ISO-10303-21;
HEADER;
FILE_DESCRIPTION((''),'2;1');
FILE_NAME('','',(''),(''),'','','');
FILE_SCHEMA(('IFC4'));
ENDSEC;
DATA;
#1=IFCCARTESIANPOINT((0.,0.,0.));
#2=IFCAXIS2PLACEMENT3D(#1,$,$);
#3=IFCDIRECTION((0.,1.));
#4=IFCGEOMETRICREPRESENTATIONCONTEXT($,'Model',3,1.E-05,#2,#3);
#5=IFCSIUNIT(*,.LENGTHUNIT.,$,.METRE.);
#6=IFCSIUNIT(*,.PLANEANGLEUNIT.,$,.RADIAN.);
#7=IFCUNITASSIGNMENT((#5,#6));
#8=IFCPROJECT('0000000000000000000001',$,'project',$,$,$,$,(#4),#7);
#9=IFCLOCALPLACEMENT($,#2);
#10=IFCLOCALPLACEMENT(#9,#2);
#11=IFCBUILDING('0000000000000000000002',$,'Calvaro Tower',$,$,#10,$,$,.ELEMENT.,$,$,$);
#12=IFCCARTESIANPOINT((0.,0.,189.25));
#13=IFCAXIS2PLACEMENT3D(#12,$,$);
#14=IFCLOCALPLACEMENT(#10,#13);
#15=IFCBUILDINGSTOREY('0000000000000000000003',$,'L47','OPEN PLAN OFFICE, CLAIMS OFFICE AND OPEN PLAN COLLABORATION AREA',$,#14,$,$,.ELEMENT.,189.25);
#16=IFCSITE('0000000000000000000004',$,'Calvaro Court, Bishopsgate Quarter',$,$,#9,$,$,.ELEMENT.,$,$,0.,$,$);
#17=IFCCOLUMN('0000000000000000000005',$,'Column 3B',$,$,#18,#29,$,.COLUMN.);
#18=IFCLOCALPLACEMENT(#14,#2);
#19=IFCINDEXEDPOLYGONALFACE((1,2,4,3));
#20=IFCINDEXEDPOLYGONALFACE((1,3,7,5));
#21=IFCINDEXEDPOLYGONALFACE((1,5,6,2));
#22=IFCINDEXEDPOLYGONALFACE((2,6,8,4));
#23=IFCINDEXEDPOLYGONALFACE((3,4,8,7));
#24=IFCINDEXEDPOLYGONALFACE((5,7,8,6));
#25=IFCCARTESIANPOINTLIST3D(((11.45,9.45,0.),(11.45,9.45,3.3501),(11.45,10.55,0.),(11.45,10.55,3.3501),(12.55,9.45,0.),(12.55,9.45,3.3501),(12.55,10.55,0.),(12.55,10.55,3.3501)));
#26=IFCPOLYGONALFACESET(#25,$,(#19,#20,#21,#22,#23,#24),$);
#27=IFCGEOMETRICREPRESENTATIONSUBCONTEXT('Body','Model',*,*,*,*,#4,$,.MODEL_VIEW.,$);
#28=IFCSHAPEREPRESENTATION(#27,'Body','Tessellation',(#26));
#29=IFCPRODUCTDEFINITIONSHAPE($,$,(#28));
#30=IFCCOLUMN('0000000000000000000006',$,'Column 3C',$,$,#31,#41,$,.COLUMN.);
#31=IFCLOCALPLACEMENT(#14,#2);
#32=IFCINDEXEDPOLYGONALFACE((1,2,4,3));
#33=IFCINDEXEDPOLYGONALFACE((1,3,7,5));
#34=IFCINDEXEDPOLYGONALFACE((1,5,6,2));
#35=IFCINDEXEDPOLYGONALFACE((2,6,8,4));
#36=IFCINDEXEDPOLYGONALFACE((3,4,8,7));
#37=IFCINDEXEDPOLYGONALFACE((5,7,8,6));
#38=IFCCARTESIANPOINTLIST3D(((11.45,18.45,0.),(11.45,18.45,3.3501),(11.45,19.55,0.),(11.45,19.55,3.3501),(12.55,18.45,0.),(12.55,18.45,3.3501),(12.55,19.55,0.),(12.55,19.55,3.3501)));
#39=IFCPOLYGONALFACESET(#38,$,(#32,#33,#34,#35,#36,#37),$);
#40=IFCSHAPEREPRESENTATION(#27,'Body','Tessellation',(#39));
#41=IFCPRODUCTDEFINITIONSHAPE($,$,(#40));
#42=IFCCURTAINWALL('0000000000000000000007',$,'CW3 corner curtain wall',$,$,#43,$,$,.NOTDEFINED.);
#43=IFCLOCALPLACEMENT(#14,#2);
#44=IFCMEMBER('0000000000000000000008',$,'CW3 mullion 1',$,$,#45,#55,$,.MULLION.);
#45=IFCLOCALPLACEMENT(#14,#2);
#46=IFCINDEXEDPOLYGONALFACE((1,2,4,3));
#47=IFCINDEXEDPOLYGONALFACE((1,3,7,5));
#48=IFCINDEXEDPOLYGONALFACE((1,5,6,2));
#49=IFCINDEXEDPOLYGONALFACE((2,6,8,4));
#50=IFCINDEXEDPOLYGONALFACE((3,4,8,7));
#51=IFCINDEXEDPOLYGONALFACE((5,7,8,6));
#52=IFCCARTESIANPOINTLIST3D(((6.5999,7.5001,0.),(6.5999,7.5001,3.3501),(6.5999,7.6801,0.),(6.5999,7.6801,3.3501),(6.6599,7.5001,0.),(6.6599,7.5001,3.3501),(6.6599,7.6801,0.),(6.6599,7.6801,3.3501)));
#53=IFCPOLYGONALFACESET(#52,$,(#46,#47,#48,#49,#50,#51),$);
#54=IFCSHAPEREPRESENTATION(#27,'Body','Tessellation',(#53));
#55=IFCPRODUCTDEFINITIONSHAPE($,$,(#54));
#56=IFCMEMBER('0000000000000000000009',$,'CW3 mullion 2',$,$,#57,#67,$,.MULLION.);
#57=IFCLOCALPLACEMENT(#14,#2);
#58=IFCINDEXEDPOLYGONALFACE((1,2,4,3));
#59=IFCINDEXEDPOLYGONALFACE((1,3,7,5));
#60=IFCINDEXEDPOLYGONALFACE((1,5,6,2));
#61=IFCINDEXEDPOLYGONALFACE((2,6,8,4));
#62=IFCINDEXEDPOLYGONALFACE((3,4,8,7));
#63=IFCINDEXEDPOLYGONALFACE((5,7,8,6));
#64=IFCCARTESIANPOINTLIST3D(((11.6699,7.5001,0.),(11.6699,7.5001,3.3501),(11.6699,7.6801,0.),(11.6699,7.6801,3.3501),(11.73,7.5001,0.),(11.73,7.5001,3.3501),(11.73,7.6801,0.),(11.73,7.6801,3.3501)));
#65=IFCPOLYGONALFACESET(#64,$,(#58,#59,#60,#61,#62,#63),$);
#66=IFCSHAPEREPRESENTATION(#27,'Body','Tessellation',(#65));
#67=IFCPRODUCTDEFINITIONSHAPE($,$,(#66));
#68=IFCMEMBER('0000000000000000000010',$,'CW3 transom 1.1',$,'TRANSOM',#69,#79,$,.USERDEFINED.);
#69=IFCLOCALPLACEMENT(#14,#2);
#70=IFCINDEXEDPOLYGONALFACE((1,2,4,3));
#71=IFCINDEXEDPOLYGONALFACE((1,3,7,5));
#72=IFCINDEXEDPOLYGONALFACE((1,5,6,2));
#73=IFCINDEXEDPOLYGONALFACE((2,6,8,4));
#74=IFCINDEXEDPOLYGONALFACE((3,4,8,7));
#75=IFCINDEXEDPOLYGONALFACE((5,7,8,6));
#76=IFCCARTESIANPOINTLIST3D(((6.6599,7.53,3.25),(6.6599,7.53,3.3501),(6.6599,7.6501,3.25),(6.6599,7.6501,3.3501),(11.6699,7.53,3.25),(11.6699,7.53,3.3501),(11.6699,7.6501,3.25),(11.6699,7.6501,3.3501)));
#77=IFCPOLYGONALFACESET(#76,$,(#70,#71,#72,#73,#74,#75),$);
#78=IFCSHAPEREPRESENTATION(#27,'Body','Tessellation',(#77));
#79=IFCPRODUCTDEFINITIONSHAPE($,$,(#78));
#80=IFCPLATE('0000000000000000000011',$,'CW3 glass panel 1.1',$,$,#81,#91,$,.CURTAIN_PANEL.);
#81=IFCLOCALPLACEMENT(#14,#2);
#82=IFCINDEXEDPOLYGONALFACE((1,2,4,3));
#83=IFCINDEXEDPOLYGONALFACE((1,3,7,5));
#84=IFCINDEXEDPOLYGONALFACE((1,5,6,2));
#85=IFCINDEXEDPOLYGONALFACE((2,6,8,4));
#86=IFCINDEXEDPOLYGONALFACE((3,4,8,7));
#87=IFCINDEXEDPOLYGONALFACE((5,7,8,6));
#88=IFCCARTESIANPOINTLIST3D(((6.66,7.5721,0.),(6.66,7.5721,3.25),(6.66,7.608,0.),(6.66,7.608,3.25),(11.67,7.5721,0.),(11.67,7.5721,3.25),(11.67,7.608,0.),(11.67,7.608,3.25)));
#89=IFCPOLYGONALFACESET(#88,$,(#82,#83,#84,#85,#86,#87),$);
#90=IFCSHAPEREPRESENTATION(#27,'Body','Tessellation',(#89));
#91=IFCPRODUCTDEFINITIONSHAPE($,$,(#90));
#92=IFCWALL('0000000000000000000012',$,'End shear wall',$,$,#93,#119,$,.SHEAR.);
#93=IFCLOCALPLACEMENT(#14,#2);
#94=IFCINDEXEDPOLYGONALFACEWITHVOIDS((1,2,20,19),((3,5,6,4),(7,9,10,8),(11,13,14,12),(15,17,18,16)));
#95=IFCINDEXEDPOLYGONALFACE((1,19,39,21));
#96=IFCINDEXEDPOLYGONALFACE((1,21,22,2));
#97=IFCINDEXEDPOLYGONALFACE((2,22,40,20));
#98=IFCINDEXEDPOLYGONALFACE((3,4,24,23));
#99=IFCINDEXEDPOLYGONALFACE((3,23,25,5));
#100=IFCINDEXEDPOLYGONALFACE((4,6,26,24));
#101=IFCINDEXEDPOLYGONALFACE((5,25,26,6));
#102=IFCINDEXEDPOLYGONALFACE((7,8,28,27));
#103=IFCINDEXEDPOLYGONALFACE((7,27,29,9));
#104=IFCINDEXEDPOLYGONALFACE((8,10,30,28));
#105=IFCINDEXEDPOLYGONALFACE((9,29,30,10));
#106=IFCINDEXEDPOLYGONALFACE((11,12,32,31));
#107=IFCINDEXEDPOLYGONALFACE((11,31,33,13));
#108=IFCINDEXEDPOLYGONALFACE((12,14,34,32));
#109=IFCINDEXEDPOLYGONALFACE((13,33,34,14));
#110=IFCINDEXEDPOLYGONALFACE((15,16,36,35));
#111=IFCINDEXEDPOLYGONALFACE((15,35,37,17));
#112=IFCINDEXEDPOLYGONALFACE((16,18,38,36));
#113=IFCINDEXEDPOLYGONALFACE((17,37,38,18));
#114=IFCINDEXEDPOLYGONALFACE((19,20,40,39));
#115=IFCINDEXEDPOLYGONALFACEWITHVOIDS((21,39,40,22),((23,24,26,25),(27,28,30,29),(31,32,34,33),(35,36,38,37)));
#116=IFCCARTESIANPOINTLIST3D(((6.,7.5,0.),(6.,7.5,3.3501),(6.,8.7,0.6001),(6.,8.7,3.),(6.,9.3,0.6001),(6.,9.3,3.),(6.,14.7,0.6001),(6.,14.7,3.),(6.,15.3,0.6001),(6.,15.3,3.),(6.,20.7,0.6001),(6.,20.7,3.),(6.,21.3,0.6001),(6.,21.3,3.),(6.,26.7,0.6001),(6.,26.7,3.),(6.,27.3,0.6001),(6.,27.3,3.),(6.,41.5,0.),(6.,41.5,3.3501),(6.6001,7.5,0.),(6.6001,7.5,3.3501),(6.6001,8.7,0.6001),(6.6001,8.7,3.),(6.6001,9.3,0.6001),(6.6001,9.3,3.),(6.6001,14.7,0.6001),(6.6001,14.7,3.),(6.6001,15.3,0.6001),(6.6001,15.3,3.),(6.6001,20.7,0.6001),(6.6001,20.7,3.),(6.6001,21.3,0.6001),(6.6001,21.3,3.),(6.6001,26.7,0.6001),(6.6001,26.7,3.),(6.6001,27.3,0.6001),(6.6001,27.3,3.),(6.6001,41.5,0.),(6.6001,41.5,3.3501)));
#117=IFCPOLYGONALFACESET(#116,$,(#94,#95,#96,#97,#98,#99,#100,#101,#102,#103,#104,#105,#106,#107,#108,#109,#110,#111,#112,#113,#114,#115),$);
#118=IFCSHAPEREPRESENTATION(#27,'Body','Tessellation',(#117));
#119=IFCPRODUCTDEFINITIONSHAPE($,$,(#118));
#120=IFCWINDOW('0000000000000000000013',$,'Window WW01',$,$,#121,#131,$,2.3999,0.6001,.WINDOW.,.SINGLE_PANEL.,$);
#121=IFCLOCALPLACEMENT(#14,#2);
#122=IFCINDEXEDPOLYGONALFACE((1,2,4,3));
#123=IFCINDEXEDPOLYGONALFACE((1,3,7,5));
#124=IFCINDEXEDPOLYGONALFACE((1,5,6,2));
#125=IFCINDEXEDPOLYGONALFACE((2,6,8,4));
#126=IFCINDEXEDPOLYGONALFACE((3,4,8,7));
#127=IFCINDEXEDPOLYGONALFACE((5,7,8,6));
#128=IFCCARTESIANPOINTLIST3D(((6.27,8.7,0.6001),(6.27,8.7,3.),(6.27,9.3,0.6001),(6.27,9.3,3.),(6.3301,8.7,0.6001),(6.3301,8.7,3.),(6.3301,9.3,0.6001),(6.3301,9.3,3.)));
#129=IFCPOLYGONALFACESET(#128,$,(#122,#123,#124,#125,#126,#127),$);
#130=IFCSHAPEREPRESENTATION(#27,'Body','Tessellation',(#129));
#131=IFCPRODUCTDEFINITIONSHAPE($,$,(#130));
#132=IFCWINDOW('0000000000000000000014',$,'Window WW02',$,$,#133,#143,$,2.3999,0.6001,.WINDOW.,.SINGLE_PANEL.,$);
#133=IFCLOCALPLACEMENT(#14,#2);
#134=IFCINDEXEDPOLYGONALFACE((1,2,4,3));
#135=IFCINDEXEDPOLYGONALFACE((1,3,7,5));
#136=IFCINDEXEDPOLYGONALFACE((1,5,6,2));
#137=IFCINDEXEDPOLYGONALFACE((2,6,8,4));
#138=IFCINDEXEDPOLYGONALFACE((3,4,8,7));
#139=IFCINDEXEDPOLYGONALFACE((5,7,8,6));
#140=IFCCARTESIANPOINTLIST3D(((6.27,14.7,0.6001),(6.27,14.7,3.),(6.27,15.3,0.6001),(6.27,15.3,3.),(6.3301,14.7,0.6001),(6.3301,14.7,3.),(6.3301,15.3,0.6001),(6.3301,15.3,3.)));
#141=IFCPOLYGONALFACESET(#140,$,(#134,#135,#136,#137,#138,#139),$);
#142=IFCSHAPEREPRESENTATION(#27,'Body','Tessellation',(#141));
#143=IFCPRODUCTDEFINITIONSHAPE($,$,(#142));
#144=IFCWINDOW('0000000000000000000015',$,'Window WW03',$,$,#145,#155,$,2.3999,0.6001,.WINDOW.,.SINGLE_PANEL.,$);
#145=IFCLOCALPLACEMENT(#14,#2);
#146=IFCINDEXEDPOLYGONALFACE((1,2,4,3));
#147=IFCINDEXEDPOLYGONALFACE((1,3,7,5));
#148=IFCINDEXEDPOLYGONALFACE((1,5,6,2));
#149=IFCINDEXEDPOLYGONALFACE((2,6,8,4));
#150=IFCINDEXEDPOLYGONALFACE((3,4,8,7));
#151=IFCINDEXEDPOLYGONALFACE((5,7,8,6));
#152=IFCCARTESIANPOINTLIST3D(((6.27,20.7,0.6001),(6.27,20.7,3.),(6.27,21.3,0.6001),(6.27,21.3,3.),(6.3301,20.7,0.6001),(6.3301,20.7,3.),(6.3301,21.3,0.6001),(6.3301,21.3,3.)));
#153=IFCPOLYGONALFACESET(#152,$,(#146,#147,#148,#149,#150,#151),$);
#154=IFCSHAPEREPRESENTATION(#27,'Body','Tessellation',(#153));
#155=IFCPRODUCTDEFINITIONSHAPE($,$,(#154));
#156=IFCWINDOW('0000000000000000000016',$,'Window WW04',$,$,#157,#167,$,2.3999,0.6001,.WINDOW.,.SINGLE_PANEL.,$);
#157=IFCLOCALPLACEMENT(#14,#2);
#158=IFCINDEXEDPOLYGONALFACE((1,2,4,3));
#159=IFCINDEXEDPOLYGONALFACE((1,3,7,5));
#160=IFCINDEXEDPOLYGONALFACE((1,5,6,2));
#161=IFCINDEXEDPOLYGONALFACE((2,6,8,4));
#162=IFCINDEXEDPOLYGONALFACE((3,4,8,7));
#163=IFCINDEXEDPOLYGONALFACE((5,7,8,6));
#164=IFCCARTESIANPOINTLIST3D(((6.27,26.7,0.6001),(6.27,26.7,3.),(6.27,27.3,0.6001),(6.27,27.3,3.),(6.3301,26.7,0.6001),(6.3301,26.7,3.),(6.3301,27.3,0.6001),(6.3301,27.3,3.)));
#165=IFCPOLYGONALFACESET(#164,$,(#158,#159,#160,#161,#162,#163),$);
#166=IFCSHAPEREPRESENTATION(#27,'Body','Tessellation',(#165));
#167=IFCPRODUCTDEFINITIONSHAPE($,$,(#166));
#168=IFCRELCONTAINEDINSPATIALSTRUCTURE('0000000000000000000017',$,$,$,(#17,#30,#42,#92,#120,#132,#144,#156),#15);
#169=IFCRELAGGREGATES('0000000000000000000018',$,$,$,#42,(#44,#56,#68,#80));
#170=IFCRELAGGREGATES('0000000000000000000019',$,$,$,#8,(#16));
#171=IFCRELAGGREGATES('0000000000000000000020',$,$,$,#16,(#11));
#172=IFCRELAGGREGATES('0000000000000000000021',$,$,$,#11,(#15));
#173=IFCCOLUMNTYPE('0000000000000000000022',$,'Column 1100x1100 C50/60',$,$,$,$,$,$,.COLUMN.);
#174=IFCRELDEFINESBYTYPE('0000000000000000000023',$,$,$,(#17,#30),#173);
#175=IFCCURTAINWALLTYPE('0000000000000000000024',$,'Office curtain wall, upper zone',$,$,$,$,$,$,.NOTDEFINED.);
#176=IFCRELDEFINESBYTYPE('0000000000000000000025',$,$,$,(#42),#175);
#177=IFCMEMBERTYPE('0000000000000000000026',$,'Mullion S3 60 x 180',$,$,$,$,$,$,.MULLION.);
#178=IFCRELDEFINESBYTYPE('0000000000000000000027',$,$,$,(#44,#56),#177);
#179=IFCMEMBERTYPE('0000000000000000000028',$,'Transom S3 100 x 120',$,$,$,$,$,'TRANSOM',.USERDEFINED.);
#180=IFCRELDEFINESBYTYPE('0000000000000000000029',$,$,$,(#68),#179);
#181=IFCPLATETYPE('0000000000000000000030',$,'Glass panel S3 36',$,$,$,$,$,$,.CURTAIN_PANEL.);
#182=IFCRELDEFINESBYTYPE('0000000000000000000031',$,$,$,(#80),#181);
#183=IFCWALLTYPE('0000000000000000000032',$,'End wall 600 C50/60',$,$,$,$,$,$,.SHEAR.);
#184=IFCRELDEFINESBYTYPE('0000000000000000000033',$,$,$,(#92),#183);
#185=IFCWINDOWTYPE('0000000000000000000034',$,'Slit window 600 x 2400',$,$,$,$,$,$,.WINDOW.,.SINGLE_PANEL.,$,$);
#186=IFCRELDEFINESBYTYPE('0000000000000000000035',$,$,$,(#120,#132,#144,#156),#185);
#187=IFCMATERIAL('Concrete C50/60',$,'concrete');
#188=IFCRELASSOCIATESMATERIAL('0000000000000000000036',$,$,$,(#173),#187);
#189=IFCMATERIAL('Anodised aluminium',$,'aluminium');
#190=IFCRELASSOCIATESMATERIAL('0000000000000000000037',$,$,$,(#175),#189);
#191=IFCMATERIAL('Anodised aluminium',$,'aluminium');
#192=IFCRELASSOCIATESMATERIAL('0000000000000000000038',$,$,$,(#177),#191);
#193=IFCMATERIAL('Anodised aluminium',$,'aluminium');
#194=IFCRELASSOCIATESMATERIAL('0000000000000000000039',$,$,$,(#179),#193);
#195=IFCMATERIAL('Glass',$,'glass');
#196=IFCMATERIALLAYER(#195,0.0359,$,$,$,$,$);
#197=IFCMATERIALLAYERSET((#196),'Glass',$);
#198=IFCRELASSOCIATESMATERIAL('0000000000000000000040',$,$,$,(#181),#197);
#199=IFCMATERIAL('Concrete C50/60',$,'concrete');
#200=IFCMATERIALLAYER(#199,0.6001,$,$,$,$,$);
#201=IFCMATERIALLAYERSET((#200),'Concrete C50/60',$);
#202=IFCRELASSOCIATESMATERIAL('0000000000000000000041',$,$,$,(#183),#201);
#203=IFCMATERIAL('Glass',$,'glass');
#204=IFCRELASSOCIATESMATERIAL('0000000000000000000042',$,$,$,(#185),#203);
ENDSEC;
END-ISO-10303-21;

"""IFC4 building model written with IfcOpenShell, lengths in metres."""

from ifc_helpers import new_model, si_unit, direction, frame, frame_2d, origin, origin_2d, place, context, subcontext, project, spatial, rectangle, extrude, material, layer, layer_set, material_profile, profile_set, type_object, element, fill, aggregate, save


model = new_model("IFC4")

# Units and contexts
model_context = context("Model", 3, precision=1e-05, world=origin(), true_north=direction((0.0, 1.0)))
body_context = subcontext(model_context, "Body", "Model", "MODEL_VIEW")
ifc_project = project(units=[si_unit("LENGTHUNIT", "METRE"), si_unit("PLANEANGLEUNIT", "RADIAN")], contexts=[model_context])

# Site, building, storey
site_placement = place(None, origin())
site = spatial("IfcSite", under=ifc_project, at=site_placement, Name="Calvaro Court, Bishopsgate Quarter", CompositionType="ELEMENT", RefElevation=0.0)
building_placement = place(site_placement, origin())
building = spatial("IfcBuilding", under=site, at=building_placement, Name="Calvaro Tower", CompositionType="ELEMENT")
storey_placement = place(building_placement, frame((0.0, 0.0, 189.25)))
storey = spatial("IfcBuildingStorey", under=building, at=storey_placement, Name="L47", Description="OPEN PLAN OFFICE, CLAIMS OFFICE AND OPEN PLAN COLLABORATION AREA", CompositionType="ELEMENT", Elevation=189.25)

# Columns
ifc_material_1 = material(Name="Concrete C50/60", Category="concrete")
ifc_material_profile_1 = material_profile(ifc_material_1, rectangle(XDim=1.1001, YDim=1.1001, at=origin_2d()), Name="RC 1100x1100")
ifc_profile_set_1 = profile_set([ifc_material_profile_1], Name="Concrete C50/60")
column_type = type_object("IfcColumnType", Name="Column 1100x1100 C50/60", PredefinedType="COLUMN", material=ifc_profile_set_1)
for number, where, z_axis, x_axis, name in (
    (1, (12.0, 10.0, 0.0), (0.0, 0.0, 1.0), (1.0, 0.0, 0.0), "Column 3B"),
    (2, (12.0, 19.0, 0.0), (0.0, 0.0, 1.0), (1.0, 0.0, 0.0), "Column 3C"),
):
    element("IfcColumn", number, at=place(storey_placement, frame(where, z_axis=z_axis, x_axis=x_axis)), inside=storey, type_object=column_type, Name=name, PredefinedType="COLUMN", context=body_context, shape_type="SweptSolid", body=[
        extrude(rectangle(XDim=1.1001, YDim=1.1001, at=origin_2d()), origin(), (0.0, 0.0, 1.0), 3.3501),
    ])

# Curtain wall, members, plate
ifc_material_2 = material(Name="Anodised aluminium", Category="aluminium")
curtain_wall_type = type_object("IfcCurtainWallType", Name="Office curtain wall, upper zone", PredefinedType="NOTDEFINED", material=ifc_material_2)
curtain_wall_placement = place(storey_placement, origin())
curtain_wall = element("IfcCurtainWall", 3, at=curtain_wall_placement, inside=storey, type_object=curtain_wall_type, Name="CW3 corner curtain wall", PredefinedType="NOTDEFINED")
ifc_material_3 = material(Name="Anodised aluminium", Category="aluminium")
ifc_material_profile_2 = material_profile(ifc_material_3, rectangle(XDim=0.1799, YDim=0.0601, at=origin_2d()), Name="Mullion S3 60 x 180")
ifc_profile_set_2 = profile_set([ifc_material_profile_2], Name="Anodised aluminium")
member_type_1 = type_object("IfcMemberType", Name="Mullion S3 60 x 180", PredefinedType="MULLION", material=ifc_profile_set_2)
member_1_placement = place(storey_placement, frame((6.6299, 7.5901, 0.0), z_axis=(0.0, 0.0, 1.0), x_axis=(0.0, 1.0, 0.0)))
member_1 = element("IfcMember", 4, at=member_1_placement, type_object=member_type_1, Name="CW3 mullion 1", PredefinedType="MULLION", context=body_context, shape_type="SweptSolid", body=[
    extrude(rectangle(XDim=0.1799, YDim=0.0601, at=origin_2d()), origin(), (0.0, 0.0, 1.0), 3.3501),
])
member_2_placement = place(storey_placement, frame((11.7, 7.5901, 0.0), z_axis=(0.0, 0.0, 1.0), x_axis=(0.0, 1.0, 0.0)))
member_2 = element("IfcMember", 5, at=member_2_placement, type_object=member_type_1, Name="CW3 mullion 2", PredefinedType="MULLION", context=body_context, shape_type="SweptSolid", body=[
    extrude(rectangle(XDim=0.1799, YDim=0.0601, at=origin_2d()), origin(), (0.0, 0.0, 1.0), 3.3501),
])
ifc_material_4 = material(Name="Anodised aluminium", Category="aluminium")
ifc_material_profile_3 = material_profile(ifc_material_4, rectangle(XDim=0.1201, YDim=0.1001, at=origin_2d()), Name="Transom S3 100 x 120")
ifc_profile_set_3 = profile_set([ifc_material_profile_3], Name="Anodised aluminium")
member_type_2 = type_object("IfcMemberType", Name="Transom S3 100 x 120", ElementType="TRANSOM", PredefinedType="USERDEFINED", material=ifc_profile_set_3)
member_3_placement = place(storey_placement, frame((6.6599, 7.5901, 3.3), z_axis=(1.0, 0.0, 0.0), x_axis=(0.0, 1.0, 0.0)))
member_3 = element("IfcMember", 6, at=member_3_placement, type_object=member_type_2, Name="CW3 transom 1.1", ObjectType="TRANSOM", PredefinedType="USERDEFINED", context=body_context, shape_type="SweptSolid", body=[
    extrude(rectangle(XDim=0.1201, YDim=0.1001, at=origin_2d()), origin(), (0.0, 0.0, 1.0), 5.01),
])
ifc_material_5 = material(Name="Glass", Category="glass")
ifc_layer_1 = layer(ifc_material_5, 0.0359)
ifc_layer_set_1 = layer_set([ifc_layer_1], Name="Glass")
plate_type = type_object("IfcPlateType", Name="Glass panel S3 36", PredefinedType="CURTAIN_PANEL", material=ifc_layer_set_1)
plate_placement = place(storey_placement, frame((9.165, 7.5901, 0.0), z_axis=(0.0, 0.0, 1.0), x_axis=(1.0, 0.0, 0.0)))
plate = element("IfcPlate", 7, at=plate_placement, type_object=plate_type, Name="CW3 glass panel 1.1", PredefinedType="CURTAIN_PANEL", context=body_context, shape_type="SweptSolid", body=[
    extrude(rectangle(XDim=5.01, YDim=0.0359, at=origin_2d()), origin(), (0.0, 0.0, 1.0), 3.25),
])
aggregate(curtain_wall, [member_1, member_2, member_3, plate])

# Wall, openings, windows
ifc_material_6 = material(Name="Concrete C50/60", Category="concrete")
ifc_layer_2 = layer(ifc_material_6, 0.6001)
ifc_layer_set_2 = layer_set([ifc_layer_2], Name="Concrete C50/60")
wall_type_1 = type_object("IfcWallType", Name="End wall 600 C50/60", PredefinedType="SHEAR", material=ifc_layer_set_2)
wall_1_placement = place(storey_placement, frame((6.3, 7.5, 0.0), z_axis=(0.0, 0.0, 1.0), x_axis=(0.0, 1.0, 0.0)))
wall_1 = element("IfcWall", 8, at=wall_1_placement, inside=storey, type_object=wall_type_1, Name="End shear wall", PredefinedType="SHEAR", context=body_context, shape_type="SweptSolid", body=[
    extrude(rectangle(XDim=34.0, YDim=0.6001, at=frame_2d((17.0, 0.0))), origin(), (0.0, 0.0, 1.0), 3.3501),
])
opening_1_placement = place(wall_1_placement, frame((1.2, 0.0, 0.6001)))
opening_1 = element("IfcOpeningElement", 9, at=opening_1_placement, cuts=wall_1, PredefinedType="OPENING", context=body_context, shape_type="SweptSolid", body=[
    extrude(rectangle(XDim=0.6001, YDim=2.3999, at=frame_2d((0.3, 1.2))), frame((0.0, 0.3101, 0.0), z_axis=(0.0, -1.0, 0.0), x_axis=(1.0, 0.0, 0.0)), (0.0, 0.0, 1.0), 0.6201),
])
opening_2_placement = place(wall_1_placement, frame((7.2, 0.0, 0.6001)))
opening_2 = element("IfcOpeningElement", 10, at=opening_2_placement, cuts=wall_1, PredefinedType="OPENING", context=body_context, shape_type="SweptSolid", body=[
    extrude(rectangle(XDim=0.6001, YDim=2.3999, at=frame_2d((0.3, 1.2))), frame((0.0, 0.3101, 0.0), z_axis=(0.0, -1.0, 0.0), x_axis=(1.0, 0.0, 0.0)), (0.0, 0.0, 1.0), 0.6201),
])
opening_3_placement = place(wall_1_placement, frame((13.2, 0.0, 0.6001)))
opening_3 = element("IfcOpeningElement", 11, at=opening_3_placement, cuts=wall_1, PredefinedType="OPENING", context=body_context, shape_type="SweptSolid", body=[
    extrude(rectangle(XDim=0.6001, YDim=2.3999, at=frame_2d((0.3, 1.2))), frame((0.0, 0.3101, 0.0), z_axis=(0.0, -1.0, 0.0), x_axis=(1.0, 0.0, 0.0)), (0.0, 0.0, 1.0), 0.6201),
])
opening_4_placement = place(wall_1_placement, frame((19.2, 0.0, 0.6001)))
opening_4 = element("IfcOpeningElement", 12, at=opening_4_placement, cuts=wall_1, PredefinedType="OPENING", context=body_context, shape_type="SweptSolid", body=[
    extrude(rectangle(XDim=0.6001, YDim=2.3999, at=frame_2d((0.3, 1.2))), frame((0.0, 0.3101, 0.0), z_axis=(0.0, -1.0, 0.0), x_axis=(1.0, 0.0, 0.0)), (0.0, 0.0, 1.0), 0.6201),
])
ifc_material_7 = material(Name="Glass", Category="glass")
window_type = type_object("IfcWindowType", Name="Slit window 600 x 2400", PartitioningType="SINGLE_PANEL", PredefinedType="WINDOW", material=ifc_material_7)
window_1_placement = place(opening_1_placement, origin())
window_1 = element("IfcWindow", 13, at=window_1_placement, inside=storey, type_object=window_type, Name="Window WW01", OverallHeight=2.3999, OverallWidth=0.6001, PartitioningType="SINGLE_PANEL", PredefinedType="WINDOW", context=body_context, shape_type="SweptSolid", body=[
    extrude(rectangle(XDim=0.6001, YDim=2.3999, at=frame_2d((0.3, 1.2))), frame((0.0, 0.03, 0.0), z_axis=(0.0, -1.0, 0.0), x_axis=(1.0, 0.0, 0.0)), (0.0, 0.0, 1.0), 0.0601),
])
fill(opening_1, window_1)
window_2_placement = place(opening_2_placement, origin())
window_2 = element("IfcWindow", 14, at=window_2_placement, inside=storey, type_object=window_type, Name="Window WW02", OverallHeight=2.3999, OverallWidth=0.6001, PartitioningType="SINGLE_PANEL", PredefinedType="WINDOW", context=body_context, shape_type="SweptSolid", body=[
    extrude(rectangle(XDim=0.6001, YDim=2.3999, at=frame_2d((0.3, 1.2))), frame((0.0, 0.03, 0.0), z_axis=(0.0, -1.0, 0.0), x_axis=(1.0, 0.0, 0.0)), (0.0, 0.0, 1.0), 0.0601),
])
fill(opening_2, window_2)
window_3_placement = place(opening_3_placement, origin())
window_3 = element("IfcWindow", 15, at=window_3_placement, inside=storey, type_object=window_type, Name="Window WW03", OverallHeight=2.3999, OverallWidth=0.6001, PartitioningType="SINGLE_PANEL", PredefinedType="WINDOW", context=body_context, shape_type="SweptSolid", body=[
    extrude(rectangle(XDim=0.6001, YDim=2.3999, at=frame_2d((0.3, 1.2))), frame((0.0, 0.03, 0.0), z_axis=(0.0, -1.0, 0.0), x_axis=(1.0, 0.0, 0.0)), (0.0, 0.0, 1.0), 0.0601),
])
fill(opening_3, window_3)
window_4_placement = place(opening_4_placement, origin())
window_4 = element("IfcWindow", 16, at=window_4_placement, inside=storey, type_object=window_type, Name="Window WW04", OverallHeight=2.3999, OverallWidth=0.6001, PartitioningType="SINGLE_PANEL", PredefinedType="WINDOW", context=body_context, shape_type="SweptSolid", body=[
    extrude(rectangle(XDim=0.6001, YDim=2.3999, at=frame_2d((0.3, 1.2))), frame((0.0, 0.03, 0.0), z_axis=(0.0, -1.0, 0.0), x_axis=(1.0, 0.0, 0.0)), (0.0, 0.0, 1.0), 0.0601),
])
fill(opening_4, window_4)

save(model, "model.ifc")
